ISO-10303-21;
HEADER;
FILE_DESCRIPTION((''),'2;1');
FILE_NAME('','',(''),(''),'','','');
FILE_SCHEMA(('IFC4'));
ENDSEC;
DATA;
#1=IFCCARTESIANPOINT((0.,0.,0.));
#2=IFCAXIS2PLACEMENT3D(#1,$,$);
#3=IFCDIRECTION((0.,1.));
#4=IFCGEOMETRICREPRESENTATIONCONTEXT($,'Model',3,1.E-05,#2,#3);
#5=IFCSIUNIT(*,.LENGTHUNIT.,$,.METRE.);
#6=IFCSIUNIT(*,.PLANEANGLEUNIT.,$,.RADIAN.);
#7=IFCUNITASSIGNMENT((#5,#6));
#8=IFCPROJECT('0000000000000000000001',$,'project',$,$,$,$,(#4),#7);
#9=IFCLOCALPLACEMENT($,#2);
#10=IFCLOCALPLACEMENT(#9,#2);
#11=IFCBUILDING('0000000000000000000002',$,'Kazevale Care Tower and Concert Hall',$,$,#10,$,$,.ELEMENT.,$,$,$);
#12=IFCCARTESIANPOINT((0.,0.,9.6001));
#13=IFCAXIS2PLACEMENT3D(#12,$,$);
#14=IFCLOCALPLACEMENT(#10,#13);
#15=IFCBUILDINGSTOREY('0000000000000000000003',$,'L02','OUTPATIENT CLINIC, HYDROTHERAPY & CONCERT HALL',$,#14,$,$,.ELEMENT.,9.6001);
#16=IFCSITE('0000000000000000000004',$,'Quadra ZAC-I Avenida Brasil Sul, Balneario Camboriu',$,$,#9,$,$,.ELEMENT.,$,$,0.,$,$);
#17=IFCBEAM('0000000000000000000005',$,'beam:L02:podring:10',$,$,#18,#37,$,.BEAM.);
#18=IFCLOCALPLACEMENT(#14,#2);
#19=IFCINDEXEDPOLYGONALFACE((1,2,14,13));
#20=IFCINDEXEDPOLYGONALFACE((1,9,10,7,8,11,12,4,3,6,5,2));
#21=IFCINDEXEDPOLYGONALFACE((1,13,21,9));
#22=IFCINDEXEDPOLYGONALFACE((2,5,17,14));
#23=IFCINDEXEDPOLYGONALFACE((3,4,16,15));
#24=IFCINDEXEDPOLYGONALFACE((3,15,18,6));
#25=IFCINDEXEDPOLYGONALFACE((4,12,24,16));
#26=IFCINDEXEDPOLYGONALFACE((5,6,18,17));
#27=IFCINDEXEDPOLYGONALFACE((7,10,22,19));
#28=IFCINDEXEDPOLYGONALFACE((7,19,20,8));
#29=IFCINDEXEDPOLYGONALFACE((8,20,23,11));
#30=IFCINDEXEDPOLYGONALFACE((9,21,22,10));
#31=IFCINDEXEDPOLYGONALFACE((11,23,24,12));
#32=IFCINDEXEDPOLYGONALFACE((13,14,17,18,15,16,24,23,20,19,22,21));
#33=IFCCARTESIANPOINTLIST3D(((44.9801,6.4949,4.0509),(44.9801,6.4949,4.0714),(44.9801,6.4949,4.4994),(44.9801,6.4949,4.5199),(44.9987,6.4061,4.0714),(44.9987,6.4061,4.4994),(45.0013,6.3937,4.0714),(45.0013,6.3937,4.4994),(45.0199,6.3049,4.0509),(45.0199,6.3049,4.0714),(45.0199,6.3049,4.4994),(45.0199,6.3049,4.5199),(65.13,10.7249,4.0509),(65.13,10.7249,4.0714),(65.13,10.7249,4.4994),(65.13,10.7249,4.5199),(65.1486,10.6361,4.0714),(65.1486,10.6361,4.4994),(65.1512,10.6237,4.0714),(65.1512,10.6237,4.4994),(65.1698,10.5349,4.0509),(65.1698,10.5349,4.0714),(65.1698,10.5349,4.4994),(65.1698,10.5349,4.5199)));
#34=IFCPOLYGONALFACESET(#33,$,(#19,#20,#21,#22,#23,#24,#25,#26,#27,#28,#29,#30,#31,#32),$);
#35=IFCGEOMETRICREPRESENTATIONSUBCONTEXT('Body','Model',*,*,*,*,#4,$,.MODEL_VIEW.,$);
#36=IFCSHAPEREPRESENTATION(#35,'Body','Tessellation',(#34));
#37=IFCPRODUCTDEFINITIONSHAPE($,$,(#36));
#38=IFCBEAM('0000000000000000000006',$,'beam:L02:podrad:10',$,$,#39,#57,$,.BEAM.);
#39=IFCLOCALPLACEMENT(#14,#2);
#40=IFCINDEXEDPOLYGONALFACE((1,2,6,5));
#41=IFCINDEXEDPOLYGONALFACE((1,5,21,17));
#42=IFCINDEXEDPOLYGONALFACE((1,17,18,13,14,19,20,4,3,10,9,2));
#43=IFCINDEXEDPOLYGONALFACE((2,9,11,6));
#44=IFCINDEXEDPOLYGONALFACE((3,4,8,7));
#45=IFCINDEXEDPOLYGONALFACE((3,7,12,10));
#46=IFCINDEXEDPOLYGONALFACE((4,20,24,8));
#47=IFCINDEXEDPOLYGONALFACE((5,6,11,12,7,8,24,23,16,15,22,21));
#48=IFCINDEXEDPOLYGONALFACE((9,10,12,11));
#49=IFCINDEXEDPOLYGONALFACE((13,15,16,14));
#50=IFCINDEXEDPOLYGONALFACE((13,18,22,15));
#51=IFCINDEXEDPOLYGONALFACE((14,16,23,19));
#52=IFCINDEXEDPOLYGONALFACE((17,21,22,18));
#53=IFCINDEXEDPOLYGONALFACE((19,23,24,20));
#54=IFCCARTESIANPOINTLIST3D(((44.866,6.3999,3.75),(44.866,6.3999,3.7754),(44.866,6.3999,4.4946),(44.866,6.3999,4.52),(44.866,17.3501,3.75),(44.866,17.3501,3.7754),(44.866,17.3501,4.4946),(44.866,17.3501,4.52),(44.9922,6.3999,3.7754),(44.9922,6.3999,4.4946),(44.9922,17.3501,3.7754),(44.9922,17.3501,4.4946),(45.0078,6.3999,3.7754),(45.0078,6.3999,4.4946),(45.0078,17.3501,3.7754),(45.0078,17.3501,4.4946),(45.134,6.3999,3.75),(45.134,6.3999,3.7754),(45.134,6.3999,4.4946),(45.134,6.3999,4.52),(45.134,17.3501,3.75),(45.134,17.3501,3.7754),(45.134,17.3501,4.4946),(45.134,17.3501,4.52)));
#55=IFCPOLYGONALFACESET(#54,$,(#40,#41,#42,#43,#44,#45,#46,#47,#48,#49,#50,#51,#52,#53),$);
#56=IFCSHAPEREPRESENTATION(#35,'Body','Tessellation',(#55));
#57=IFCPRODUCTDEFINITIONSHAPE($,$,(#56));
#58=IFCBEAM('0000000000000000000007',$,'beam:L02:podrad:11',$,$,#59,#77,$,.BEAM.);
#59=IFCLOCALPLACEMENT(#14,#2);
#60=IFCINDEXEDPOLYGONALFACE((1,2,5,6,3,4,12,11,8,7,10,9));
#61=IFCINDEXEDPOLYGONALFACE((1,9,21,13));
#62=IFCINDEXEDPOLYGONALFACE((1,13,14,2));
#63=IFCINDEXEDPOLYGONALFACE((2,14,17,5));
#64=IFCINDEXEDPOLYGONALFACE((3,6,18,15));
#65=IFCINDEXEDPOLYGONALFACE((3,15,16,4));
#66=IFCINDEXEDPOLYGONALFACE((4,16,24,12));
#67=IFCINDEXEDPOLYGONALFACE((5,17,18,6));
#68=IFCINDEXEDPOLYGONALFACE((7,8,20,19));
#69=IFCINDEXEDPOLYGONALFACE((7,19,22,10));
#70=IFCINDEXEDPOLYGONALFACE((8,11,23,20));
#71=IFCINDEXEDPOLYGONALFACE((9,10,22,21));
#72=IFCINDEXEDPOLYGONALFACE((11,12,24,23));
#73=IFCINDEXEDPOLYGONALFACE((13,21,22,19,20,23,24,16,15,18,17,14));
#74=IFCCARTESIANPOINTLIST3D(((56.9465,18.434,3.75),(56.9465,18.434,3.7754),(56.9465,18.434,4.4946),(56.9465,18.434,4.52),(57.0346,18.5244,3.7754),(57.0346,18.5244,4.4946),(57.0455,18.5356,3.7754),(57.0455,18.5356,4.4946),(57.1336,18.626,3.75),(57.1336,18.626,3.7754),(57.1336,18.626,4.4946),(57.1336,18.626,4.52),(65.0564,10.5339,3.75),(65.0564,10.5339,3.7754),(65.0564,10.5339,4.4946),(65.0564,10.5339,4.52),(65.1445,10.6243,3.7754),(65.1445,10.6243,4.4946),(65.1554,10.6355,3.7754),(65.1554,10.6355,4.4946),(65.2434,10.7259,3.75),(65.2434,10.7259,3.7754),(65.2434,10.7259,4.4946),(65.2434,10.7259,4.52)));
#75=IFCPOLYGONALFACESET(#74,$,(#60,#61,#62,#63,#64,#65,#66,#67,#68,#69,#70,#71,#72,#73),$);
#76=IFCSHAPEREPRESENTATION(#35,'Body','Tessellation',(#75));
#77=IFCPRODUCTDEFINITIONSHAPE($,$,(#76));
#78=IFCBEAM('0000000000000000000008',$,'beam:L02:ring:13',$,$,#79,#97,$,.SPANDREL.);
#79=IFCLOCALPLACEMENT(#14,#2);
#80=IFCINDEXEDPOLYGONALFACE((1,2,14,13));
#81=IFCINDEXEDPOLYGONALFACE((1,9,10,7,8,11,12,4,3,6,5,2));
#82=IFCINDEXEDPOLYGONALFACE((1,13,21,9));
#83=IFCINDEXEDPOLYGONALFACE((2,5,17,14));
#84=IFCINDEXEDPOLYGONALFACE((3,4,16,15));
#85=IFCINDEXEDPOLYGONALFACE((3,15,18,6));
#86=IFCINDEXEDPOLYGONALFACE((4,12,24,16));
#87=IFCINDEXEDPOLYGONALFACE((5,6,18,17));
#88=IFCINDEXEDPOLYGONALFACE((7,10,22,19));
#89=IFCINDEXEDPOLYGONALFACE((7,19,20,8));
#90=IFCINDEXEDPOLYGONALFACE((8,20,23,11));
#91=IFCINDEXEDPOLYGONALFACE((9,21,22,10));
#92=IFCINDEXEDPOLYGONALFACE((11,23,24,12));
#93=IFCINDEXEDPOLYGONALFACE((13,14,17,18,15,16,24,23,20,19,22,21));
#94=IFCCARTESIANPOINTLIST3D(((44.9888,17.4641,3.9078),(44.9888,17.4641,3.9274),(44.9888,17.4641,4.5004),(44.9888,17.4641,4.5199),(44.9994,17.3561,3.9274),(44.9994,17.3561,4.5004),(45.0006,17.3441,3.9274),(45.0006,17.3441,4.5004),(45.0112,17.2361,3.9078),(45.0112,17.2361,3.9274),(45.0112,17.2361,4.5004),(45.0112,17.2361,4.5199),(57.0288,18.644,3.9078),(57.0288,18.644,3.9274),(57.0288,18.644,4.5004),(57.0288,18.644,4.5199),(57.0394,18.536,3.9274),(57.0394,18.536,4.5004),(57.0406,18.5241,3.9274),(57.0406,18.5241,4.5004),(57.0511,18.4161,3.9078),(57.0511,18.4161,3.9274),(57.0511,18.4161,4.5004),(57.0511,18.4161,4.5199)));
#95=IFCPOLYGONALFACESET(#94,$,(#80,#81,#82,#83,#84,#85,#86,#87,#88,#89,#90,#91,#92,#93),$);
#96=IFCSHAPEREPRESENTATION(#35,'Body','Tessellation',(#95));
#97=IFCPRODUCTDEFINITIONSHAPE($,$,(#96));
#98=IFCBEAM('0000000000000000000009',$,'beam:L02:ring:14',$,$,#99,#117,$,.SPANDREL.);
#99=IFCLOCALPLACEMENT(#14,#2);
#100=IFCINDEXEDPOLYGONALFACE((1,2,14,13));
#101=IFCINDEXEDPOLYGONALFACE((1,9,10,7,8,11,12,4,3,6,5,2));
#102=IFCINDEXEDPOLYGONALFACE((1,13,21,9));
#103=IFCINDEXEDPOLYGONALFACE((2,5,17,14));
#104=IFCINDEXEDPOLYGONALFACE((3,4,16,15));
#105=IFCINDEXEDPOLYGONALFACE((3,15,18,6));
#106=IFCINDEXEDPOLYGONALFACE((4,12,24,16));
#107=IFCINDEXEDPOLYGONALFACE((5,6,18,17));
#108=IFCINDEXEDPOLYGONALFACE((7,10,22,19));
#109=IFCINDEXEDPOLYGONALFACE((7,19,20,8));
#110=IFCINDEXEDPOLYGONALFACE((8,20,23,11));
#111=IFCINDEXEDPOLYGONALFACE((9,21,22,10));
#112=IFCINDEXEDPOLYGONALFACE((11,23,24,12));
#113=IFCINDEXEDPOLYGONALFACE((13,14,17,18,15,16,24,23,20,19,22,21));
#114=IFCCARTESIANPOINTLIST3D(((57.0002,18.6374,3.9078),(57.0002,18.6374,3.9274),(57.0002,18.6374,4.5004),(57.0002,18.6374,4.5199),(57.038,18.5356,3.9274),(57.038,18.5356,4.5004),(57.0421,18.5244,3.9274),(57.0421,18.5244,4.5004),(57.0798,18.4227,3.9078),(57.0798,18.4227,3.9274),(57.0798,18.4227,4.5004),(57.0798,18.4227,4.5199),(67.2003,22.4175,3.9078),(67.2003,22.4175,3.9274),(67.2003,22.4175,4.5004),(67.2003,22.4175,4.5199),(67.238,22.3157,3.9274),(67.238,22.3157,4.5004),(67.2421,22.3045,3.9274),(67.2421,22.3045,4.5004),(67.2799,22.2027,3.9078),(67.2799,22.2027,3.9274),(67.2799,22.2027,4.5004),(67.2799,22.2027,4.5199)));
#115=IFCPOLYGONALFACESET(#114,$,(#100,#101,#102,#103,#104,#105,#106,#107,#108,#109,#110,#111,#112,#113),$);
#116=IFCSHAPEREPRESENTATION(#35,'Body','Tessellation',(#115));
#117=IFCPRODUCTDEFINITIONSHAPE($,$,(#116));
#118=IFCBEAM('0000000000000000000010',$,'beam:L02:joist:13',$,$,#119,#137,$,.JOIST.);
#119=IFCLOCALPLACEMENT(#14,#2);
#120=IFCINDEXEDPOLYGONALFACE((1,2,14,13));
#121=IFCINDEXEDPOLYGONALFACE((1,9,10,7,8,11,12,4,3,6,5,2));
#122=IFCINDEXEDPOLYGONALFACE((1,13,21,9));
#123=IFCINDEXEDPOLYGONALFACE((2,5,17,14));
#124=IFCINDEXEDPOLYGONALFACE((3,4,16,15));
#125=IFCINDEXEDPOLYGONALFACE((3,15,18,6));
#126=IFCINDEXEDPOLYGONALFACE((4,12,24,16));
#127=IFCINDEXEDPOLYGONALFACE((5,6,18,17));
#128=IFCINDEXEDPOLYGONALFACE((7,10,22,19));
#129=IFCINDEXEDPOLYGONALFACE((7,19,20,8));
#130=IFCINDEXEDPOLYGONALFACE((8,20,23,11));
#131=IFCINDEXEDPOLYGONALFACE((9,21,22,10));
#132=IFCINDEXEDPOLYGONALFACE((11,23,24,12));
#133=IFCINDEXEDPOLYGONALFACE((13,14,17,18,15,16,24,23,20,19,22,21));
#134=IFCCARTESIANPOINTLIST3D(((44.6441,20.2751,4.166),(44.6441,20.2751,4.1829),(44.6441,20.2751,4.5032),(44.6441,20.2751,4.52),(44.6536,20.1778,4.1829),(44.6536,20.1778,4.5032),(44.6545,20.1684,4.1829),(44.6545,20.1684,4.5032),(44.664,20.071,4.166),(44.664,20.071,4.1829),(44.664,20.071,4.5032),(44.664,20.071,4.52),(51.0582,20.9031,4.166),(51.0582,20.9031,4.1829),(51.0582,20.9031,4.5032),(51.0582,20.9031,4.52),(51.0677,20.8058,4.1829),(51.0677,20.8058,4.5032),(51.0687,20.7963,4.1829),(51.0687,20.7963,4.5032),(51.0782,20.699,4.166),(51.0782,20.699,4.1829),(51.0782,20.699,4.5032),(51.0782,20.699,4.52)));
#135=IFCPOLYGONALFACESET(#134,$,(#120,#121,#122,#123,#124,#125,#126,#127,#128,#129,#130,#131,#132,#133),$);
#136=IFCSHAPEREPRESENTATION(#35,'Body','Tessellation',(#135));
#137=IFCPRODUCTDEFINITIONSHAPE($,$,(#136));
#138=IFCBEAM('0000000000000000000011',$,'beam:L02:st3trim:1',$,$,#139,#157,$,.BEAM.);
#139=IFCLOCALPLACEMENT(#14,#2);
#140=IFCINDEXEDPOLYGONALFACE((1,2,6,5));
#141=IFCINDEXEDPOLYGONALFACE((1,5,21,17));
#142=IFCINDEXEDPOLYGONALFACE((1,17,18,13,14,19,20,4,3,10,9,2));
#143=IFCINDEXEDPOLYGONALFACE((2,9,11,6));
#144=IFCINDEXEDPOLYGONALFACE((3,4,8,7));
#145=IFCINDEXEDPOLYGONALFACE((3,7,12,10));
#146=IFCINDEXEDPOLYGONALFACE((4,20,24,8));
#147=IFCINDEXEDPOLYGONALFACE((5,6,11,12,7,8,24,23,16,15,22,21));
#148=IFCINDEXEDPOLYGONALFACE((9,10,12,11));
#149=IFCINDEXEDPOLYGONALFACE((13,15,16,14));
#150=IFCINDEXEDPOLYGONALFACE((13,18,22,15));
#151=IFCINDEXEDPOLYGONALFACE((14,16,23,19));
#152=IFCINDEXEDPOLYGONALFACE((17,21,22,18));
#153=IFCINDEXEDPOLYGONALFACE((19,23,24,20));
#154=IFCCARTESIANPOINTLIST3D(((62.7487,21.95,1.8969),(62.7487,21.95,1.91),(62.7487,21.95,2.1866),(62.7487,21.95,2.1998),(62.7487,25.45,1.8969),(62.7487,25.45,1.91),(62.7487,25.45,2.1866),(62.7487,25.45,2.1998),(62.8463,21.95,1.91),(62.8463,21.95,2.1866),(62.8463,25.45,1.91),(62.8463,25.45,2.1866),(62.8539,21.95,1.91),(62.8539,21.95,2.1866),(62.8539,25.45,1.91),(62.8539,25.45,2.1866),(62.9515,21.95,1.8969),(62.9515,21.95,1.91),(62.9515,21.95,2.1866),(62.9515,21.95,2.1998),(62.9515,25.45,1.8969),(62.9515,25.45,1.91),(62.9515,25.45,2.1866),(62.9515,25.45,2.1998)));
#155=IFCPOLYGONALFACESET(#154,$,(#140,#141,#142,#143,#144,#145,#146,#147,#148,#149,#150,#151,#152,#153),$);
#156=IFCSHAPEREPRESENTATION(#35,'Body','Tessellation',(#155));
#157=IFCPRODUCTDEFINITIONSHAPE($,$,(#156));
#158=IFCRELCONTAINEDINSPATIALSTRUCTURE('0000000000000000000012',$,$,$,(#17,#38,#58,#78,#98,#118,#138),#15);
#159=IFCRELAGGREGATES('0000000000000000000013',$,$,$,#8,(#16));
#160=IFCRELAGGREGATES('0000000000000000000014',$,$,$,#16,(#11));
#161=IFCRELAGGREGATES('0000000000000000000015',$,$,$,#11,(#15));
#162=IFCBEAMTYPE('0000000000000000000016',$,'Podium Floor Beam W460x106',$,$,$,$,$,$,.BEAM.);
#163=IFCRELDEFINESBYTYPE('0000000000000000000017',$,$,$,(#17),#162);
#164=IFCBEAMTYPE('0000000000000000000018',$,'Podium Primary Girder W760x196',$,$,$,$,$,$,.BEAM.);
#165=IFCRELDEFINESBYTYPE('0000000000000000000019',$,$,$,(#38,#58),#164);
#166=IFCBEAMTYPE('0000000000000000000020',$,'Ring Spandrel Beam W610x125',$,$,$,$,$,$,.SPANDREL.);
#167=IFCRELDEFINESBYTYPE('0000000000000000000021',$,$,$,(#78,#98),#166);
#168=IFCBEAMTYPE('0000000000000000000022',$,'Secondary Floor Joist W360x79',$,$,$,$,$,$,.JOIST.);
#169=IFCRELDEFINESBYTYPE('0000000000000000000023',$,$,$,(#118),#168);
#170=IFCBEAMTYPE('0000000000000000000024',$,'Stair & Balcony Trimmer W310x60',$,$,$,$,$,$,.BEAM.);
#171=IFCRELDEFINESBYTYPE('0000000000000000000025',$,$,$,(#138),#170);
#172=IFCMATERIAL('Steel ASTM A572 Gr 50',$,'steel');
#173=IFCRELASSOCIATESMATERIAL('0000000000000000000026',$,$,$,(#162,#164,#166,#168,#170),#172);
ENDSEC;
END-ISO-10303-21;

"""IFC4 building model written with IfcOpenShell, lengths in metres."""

from ifc_helpers import new_model, si_unit, direction, frame, origin, origin_2d, place, context, subcontext, project, spatial, i_section, extrude, material, material_profile, profile_set, type_object, element, save


model = new_model("IFC4")

# Units and contexts
model_context = context("Model", 3, precision=1e-05, world=origin(), true_north=direction((0.0, 1.0)))
body_context = subcontext(model_context, "Body", "Model", "MODEL_VIEW")
ifc_project = project(units=[si_unit("LENGTHUNIT", "METRE"), si_unit("PLANEANGLEUNIT", "RADIAN")], contexts=[model_context])

# Site, building, storey
site_placement = place(None, origin())
site = spatial("IfcSite", under=ifc_project, at=site_placement, Name="Quadra ZAC-I Avenida Brasil Sul, Balneario Camboriu", CompositionType="ELEMENT", RefElevation=0.0)
building_placement = place(site_placement, origin())
building = spatial("IfcBuilding", under=site, at=building_placement, Name="Kazevale Care Tower and Concert Hall", CompositionType="ELEMENT")
storey_placement = place(building_placement, frame((0.0, 0.0, 9.6001)))
storey = spatial("IfcBuildingStorey", under=building, at=storey_placement, Name="L02", Description="OUTPATIENT CLINIC, HYDROTHERAPY & CONCERT HALL", CompositionType="ELEMENT", Elevation=9.6001)

# Beams
ifc_material_1 = material(Name="Steel ASTM A572 Gr 50", Category="steel")
ifc_material_profile_1 = material_profile(ifc_material_1, i_section(OverallWidth=0.1941, OverallDepth=0.469, WebThickness=0.0127, FlangeThickness=0.0205, at=origin_2d()), Name="W460x106")
ifc_profile_set_1 = profile_set([ifc_material_profile_1], Name="Steel ASTM A572 Gr 50")
beam_type_1 = type_object("IfcBeamType", Name="Podium Floor Beam W460x106", PredefinedType="BEAM", material=ifc_profile_set_1)
beam_1_placement = place(storey_placement, frame((45.0, 6.3999, 4.2854), z_axis=(0.978668, 0.205448, 0.0), x_axis=(-0.205448, 0.978668, 0.0)))
element("IfcBeam", 1, at=beam_1_placement, inside=storey, type_object=beam_type_1, Name="beam:L02:podring:10", PredefinedType="BEAM", context=body_context, shape_type="SweptSolid", body=[
    extrude(i_section(OverallWidth=0.1941, OverallDepth=0.469, WebThickness=0.0127, FlangeThickness=0.0205, at=origin_2d()), origin(), (0.0, 0.0, 1.0), 20.5891),
])
ifc_material_profile_2 = material_profile(ifc_material_1, i_section(OverallWidth=0.2681, OverallDepth=0.77, WebThickness=0.0156, FlangeThickness=0.0254, at=origin_2d()), Name="W760x196")
ifc_profile_set_2 = profile_set([ifc_material_profile_2], Name="Steel ASTM A572 Gr 50")
beam_type_2 = type_object("IfcBeamType", Name="Podium Primary Girder W760x196", PredefinedType="BEAM", material=ifc_profile_set_2)
beam_2_placement = place(storey_placement, frame((45.0, 17.3501, 4.135), z_axis=(0.0, -1.0, 0.0), x_axis=(1.0, 0.0, 0.0)))
element("IfcBeam", 2, at=beam_2_placement, inside=storey, type_object=beam_type_2, Name="beam:L02:podrad:10", PredefinedType="BEAM", context=body_context, shape_type="SweptSolid", body=[
    extrude(i_section(OverallWidth=0.2681, OverallDepth=0.77, WebThickness=0.0156, FlangeThickness=0.0254, at=origin_2d()), origin(), (0.0, 0.0, 1.0), 10.9502),
])
beam_3_placement = place(storey_placement, frame((57.04, 18.53, 4.135), z_axis=(0.716308, -0.697784, 0.0), x_axis=(0.697784, 0.716308, 0.0)))
element("IfcBeam", 3, at=beam_3_placement, inside=storey, type_object=beam_type_2, Name="beam:L02:podrad:11", PredefinedType="BEAM", context=body_context, shape_type="SweptSolid", body=[
    extrude(i_section(OverallWidth=0.2681, OverallDepth=0.77, WebThickness=0.0156, FlangeThickness=0.0254, at=origin_2d()), origin(), (0.0, 0.0, 1.0), 11.3218),
])
ifc_material_profile_3 = material_profile(ifc_material_1, i_section(OverallWidth=0.229, OverallDepth=0.6121, WebThickness=0.012, FlangeThickness=0.0195, at=origin_2d()), Name="W610x125")
ifc_profile_set_3 = profile_set([ifc_material_profile_3], Name="Steel ASTM A572 Gr 50")
beam_type_3 = type_object("IfcBeamType", Name="Ring Spandrel Beam W610x125", PredefinedType="SPANDREL", material=ifc_profile_set_3)
beam_4_placement = place(storey_placement, frame((45.0, 17.3501, 4.2139), z_axis=(0.995232, 0.097533, 0.0), x_axis=(-0.097533, 0.995232, 0.0)))
element("IfcBeam", 4, at=beam_4_placement, inside=storey, type_object=beam_type_3, Name="beam:L02:ring:13", PredefinedType="SPANDREL", context=body_context, shape_type="SweptSolid", body=[
    extrude(i_section(OverallWidth=0.229, OverallDepth=0.6121, WebThickness=0.012, FlangeThickness=0.0195, at=origin_2d()), origin(), (0.0, 0.0, 1.0), 12.0977),
])
beam_5_placement = place(storey_placement, frame((57.04, 18.53, 4.2139), z_axis=(0.937681, 0.347498, 0.0), x_axis=(-0.347498, 0.937681, 0.0)))
element("IfcBeam", 5, at=beam_5_placement, inside=storey, type_object=beam_type_3, Name="beam:L02:ring:14", PredefinedType="SPANDREL", context=body_context, shape_type="SweptSolid", body=[
    extrude(i_section(OverallWidth=0.229, OverallDepth=0.6121, WebThickness=0.012, FlangeThickness=0.0195, at=origin_2d()), origin(), (0.0, 0.0, 1.0), 10.8779),
])
ifc_material_profile_4 = material_profile(ifc_material_1, i_section(OverallWidth=0.2051, OverallDepth=0.354, WebThickness=0.0095, FlangeThickness=0.0168, at=origin_2d()), Name="W360x79")
ifc_profile_set_4 = profile_set([ifc_material_profile_4], Name="Steel ASTM A572 Gr 50")
beam_type_4 = type_object("IfcBeamType", Name="Secondary Floor Joist W360x79", PredefinedType="JOIST", material=ifc_profile_set_4)
beam_6_placement = place(storey_placement, frame((44.6541, 20.1731, 4.343), z_axis=(0.995242, 0.097433, 0.0), x_axis=(-0.097433, 0.995242, 0.0)))
element("IfcBeam", 6, at=beam_6_placement, inside=storey, type_object=beam_type_4, Name="beam:L02:joist:13", PredefinedType="JOIST", context=body_context, shape_type="SweptSolid", body=[
    extrude(i_section(OverallWidth=0.2051, OverallDepth=0.354, WebThickness=0.0095, FlangeThickness=0.0168, at=origin_2d()), origin(), (0.0, 0.0, 1.0), 6.4448),
])
ifc_material_profile_5 = material_profile(ifc_material_1, i_section(OverallWidth=0.2029, OverallDepth=0.303, WebThickness=0.0076, FlangeThickness=0.0132, at=origin_2d()), Name="W310x60")
ifc_profile_set_5 = profile_set([ifc_material_profile_5], Name="Steel ASTM A572 Gr 50")
beam_type_5 = type_object("IfcBeamType", Name="Stair & Balcony Trimmer W310x60", PredefinedType="BEAM", material=ifc_profile_set_5)
beam_7_placement = place(storey_placement, frame((62.8501, 21.95, 2.0483), z_axis=(0.0, 1.0, 0.0), x_axis=(-1.0, 0.0, 0.0)))
element("IfcBeam", 7, at=beam_7_placement, inside=storey, type_object=beam_type_5, Name="beam:L02:st3trim:1", PredefinedType="BEAM", context=body_context, shape_type="SweptSolid", body=[
    extrude(i_section(OverallWidth=0.2029, OverallDepth=0.303, WebThickness=0.0076, FlangeThickness=0.0132, at=origin_2d()), origin(), (0.0, 0.0, 1.0), 3.5),
])

save(model, "model.ifc")
